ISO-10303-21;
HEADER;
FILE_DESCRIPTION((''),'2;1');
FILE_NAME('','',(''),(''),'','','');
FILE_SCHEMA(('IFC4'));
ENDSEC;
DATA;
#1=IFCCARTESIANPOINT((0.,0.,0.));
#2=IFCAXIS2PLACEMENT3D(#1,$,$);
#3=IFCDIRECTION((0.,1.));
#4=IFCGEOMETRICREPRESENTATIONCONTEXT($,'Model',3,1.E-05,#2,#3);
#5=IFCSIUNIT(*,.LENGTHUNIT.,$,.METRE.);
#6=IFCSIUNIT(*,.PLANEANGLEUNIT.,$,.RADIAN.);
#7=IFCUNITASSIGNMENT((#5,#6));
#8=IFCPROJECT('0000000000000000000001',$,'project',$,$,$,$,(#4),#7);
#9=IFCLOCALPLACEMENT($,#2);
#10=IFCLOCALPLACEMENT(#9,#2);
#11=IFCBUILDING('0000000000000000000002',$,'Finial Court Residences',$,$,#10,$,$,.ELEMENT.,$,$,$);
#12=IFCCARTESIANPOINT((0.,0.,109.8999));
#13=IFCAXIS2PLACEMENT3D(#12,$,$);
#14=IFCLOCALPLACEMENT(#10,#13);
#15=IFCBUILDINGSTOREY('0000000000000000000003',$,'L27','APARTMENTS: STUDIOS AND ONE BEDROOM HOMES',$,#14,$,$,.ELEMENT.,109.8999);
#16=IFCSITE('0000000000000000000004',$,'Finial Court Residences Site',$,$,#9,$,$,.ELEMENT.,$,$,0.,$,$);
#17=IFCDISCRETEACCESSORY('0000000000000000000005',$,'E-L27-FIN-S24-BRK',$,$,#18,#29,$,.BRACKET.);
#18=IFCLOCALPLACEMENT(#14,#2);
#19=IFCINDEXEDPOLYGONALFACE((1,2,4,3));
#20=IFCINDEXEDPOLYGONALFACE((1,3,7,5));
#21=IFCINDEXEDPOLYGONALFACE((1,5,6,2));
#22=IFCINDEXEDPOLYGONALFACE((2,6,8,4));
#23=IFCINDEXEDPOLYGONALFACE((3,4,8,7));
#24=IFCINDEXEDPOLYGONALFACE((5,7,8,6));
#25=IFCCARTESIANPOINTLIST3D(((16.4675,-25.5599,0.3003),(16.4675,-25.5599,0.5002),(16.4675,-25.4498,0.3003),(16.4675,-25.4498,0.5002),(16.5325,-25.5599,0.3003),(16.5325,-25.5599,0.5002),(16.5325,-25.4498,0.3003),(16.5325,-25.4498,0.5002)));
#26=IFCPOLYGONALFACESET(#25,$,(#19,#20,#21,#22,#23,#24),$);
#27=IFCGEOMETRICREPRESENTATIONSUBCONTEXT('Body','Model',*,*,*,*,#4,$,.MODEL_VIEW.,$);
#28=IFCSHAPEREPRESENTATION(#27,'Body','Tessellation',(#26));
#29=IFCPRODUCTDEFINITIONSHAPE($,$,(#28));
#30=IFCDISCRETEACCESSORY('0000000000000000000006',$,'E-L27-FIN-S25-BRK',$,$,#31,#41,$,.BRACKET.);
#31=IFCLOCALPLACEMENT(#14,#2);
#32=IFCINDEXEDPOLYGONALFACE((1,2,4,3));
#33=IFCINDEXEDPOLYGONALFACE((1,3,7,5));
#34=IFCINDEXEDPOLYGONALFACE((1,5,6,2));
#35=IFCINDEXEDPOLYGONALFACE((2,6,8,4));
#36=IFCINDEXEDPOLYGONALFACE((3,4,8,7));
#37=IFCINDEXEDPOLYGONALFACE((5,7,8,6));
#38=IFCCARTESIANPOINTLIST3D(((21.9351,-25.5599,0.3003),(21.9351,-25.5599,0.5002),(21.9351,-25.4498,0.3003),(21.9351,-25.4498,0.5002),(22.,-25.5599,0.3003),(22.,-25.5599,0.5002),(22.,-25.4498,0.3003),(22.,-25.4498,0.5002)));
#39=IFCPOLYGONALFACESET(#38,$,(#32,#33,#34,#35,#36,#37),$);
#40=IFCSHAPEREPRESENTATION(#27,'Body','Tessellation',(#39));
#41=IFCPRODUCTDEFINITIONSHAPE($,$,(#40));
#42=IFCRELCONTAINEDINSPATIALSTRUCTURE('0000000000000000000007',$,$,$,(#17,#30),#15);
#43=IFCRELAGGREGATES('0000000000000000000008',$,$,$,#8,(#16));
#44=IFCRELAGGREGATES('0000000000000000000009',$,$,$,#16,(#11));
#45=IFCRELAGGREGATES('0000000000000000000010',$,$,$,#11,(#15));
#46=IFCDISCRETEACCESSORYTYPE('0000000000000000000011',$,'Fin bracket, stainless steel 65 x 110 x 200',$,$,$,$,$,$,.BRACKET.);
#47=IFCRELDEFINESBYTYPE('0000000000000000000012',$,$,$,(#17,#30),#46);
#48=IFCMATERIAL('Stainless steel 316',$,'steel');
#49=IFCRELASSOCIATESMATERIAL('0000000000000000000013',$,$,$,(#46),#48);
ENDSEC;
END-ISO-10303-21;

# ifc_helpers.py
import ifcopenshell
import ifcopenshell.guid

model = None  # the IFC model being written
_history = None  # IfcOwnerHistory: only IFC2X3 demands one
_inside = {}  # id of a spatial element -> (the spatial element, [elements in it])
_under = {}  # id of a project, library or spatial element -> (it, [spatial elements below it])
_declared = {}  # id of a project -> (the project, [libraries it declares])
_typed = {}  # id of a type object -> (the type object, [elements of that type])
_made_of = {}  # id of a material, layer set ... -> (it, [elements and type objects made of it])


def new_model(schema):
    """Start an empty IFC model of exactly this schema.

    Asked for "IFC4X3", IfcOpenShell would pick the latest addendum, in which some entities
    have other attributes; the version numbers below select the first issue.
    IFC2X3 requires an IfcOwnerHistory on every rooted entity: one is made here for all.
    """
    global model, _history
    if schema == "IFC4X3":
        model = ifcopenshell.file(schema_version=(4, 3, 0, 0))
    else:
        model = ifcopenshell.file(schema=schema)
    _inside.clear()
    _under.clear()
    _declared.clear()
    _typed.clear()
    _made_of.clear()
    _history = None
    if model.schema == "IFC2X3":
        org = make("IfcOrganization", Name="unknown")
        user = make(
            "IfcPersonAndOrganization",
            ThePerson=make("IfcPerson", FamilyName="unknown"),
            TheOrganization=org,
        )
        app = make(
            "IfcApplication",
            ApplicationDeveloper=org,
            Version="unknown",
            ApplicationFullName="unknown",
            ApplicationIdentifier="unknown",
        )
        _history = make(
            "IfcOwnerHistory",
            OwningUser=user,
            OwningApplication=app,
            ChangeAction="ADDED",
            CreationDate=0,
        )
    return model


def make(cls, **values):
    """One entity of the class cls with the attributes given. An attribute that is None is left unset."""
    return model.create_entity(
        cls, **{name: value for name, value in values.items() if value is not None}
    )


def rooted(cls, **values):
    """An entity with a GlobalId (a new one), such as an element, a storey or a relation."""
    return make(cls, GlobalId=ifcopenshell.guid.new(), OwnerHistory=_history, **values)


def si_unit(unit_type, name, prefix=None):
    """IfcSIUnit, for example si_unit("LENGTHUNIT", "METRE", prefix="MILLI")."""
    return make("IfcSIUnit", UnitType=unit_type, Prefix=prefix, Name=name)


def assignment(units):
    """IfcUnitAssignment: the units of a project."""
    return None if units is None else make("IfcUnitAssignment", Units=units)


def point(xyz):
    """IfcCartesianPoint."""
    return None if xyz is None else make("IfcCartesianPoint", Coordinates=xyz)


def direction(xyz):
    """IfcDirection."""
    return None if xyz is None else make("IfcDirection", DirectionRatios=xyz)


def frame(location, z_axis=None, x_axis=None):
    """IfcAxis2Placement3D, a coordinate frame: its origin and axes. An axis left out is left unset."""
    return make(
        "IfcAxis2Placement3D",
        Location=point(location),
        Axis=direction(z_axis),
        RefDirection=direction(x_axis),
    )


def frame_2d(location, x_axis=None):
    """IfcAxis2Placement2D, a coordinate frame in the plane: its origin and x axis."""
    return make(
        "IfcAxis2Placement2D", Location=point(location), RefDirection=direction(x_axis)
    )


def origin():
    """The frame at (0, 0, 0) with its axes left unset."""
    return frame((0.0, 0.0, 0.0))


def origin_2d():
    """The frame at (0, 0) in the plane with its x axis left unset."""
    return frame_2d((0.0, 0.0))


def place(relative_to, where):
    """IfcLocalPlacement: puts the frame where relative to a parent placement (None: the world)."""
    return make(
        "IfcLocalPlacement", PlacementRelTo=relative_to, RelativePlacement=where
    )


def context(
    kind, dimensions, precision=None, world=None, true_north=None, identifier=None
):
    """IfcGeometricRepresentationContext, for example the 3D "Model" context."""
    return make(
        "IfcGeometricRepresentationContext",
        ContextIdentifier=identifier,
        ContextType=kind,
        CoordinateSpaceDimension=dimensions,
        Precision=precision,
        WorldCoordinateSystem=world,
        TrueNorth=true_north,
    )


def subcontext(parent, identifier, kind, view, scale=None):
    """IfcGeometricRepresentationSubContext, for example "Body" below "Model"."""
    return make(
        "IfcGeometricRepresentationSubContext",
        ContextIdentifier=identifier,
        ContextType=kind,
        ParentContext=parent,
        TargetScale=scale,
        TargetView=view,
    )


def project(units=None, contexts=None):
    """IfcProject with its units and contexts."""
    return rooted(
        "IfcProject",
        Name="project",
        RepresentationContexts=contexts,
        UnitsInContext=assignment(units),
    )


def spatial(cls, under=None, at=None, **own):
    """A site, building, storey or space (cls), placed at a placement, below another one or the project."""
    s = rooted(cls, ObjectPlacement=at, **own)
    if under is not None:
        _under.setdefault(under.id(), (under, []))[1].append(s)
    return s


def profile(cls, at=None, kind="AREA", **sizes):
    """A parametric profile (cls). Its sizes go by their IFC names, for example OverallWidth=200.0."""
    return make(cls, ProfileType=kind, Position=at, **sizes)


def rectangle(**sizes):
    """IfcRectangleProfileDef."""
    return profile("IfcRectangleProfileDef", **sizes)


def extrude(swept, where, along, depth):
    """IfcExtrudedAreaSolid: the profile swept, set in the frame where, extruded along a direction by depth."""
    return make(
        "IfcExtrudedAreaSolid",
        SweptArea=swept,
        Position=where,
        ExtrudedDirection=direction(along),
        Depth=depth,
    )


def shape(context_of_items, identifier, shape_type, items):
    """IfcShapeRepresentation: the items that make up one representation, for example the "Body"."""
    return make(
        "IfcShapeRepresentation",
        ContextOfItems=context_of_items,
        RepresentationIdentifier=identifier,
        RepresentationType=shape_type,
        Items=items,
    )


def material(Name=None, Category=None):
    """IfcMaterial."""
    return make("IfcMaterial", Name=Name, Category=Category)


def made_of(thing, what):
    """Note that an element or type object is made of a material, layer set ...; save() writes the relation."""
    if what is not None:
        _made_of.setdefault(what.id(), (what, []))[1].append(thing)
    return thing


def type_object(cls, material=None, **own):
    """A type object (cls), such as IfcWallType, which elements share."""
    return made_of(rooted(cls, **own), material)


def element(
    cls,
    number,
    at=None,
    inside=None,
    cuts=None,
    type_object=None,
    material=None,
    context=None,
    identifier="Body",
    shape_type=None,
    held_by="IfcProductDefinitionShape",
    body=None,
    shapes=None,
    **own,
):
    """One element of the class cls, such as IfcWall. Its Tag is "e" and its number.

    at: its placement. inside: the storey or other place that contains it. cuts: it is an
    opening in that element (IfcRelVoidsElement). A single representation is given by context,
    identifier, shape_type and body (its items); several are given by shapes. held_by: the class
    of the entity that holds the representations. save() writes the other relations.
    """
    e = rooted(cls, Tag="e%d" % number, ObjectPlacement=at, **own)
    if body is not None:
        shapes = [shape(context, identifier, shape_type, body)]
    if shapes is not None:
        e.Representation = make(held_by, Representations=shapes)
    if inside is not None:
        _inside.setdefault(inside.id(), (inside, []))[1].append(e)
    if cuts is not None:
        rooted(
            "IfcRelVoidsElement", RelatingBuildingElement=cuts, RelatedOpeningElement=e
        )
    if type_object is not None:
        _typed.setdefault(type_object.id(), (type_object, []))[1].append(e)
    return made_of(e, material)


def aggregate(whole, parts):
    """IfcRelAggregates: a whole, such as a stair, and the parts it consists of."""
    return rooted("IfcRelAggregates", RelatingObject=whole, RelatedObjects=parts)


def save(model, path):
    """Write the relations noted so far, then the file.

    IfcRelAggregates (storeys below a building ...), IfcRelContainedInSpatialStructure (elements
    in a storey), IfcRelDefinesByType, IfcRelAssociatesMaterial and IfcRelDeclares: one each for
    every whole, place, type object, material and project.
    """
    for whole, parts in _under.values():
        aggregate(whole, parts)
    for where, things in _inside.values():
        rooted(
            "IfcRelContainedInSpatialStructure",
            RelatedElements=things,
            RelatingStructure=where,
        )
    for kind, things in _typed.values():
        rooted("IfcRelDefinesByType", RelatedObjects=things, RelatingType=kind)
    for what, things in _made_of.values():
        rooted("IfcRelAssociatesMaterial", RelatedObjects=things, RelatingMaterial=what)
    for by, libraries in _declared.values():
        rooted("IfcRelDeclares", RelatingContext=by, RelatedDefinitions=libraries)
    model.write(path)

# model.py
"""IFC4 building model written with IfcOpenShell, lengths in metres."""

from ifc_helpers import new_model, si_unit, direction, frame, origin, origin_2d, place, context, subcontext, project, spatial, rectangle, extrude, material, type_object, element, save


model = new_model("IFC4")

# Units and contexts
model_context = context("Model", 3, precision=1e-05, world=origin(), true_north=direction((0.0, 1.0)))
body_context = subcontext(model_context, "Body", "Model", "MODEL_VIEW")
ifc_project = project(units=[si_unit("LENGTHUNIT", "METRE"), si_unit("PLANEANGLEUNIT", "RADIAN")], contexts=[model_context])

# Site, building, storey
site_placement = place(None, origin())
site = spatial("IfcSite", under=ifc_project, at=site_placement, Name="Finial Court Residences Site", CompositionType="ELEMENT", RefElevation=0.0)
building_placement = place(site_placement, origin())
building = spatial("IfcBuilding", under=site, at=building_placement, Name="Finial Court Residences", CompositionType="ELEMENT")
storey_placement = place(building_placement, frame((0.0, 0.0, 109.8999)))
storey = spatial("IfcBuildingStorey", under=building, at=storey_placement, Name="L27", Description="APARTMENTS: STUDIOS AND ONE BEDROOM HOMES", CompositionType="ELEMENT", Elevation=109.8999)

# Discrete accessories
ifc_material_1 = material(Name="Stainless steel 316", Category="steel")
discrete_accessory_type = type_object("IfcDiscreteAccessoryType", Name="Fin bracket, stainless steel 65 x 110 x 200", PredefinedType="BRACKET", material=ifc_material_1)
for number, where, z_axis, x_axis, name in (
    (1, (16.5, -25.5049, 0.3003), (0.0, 0.0, 1.0), (1.0, 0.0, 0.0), "E-L27-FIN-S24-BRK"),
    (2, (21.9675, -25.5049, 0.3003), (0.0, 0.0, 1.0), (1.0, 0.0, 0.0), "E-L27-FIN-S25-BRK"),
):
    element("IfcDiscreteAccessory", number, at=place(storey_placement, frame(where, z_axis=z_axis, x_axis=x_axis)), inside=storey, type_object=discrete_accessory_type, Name=name, PredefinedType="BRACKET", context=body_context, shape_type="SweptSolid", body=[
        extrude(rectangle(XDim=0.0649, YDim=0.1101, at=origin_2d()), origin(), (0.0, 0.0, 1.0), 0.2),
    ])

save(model, "model.ifc")
